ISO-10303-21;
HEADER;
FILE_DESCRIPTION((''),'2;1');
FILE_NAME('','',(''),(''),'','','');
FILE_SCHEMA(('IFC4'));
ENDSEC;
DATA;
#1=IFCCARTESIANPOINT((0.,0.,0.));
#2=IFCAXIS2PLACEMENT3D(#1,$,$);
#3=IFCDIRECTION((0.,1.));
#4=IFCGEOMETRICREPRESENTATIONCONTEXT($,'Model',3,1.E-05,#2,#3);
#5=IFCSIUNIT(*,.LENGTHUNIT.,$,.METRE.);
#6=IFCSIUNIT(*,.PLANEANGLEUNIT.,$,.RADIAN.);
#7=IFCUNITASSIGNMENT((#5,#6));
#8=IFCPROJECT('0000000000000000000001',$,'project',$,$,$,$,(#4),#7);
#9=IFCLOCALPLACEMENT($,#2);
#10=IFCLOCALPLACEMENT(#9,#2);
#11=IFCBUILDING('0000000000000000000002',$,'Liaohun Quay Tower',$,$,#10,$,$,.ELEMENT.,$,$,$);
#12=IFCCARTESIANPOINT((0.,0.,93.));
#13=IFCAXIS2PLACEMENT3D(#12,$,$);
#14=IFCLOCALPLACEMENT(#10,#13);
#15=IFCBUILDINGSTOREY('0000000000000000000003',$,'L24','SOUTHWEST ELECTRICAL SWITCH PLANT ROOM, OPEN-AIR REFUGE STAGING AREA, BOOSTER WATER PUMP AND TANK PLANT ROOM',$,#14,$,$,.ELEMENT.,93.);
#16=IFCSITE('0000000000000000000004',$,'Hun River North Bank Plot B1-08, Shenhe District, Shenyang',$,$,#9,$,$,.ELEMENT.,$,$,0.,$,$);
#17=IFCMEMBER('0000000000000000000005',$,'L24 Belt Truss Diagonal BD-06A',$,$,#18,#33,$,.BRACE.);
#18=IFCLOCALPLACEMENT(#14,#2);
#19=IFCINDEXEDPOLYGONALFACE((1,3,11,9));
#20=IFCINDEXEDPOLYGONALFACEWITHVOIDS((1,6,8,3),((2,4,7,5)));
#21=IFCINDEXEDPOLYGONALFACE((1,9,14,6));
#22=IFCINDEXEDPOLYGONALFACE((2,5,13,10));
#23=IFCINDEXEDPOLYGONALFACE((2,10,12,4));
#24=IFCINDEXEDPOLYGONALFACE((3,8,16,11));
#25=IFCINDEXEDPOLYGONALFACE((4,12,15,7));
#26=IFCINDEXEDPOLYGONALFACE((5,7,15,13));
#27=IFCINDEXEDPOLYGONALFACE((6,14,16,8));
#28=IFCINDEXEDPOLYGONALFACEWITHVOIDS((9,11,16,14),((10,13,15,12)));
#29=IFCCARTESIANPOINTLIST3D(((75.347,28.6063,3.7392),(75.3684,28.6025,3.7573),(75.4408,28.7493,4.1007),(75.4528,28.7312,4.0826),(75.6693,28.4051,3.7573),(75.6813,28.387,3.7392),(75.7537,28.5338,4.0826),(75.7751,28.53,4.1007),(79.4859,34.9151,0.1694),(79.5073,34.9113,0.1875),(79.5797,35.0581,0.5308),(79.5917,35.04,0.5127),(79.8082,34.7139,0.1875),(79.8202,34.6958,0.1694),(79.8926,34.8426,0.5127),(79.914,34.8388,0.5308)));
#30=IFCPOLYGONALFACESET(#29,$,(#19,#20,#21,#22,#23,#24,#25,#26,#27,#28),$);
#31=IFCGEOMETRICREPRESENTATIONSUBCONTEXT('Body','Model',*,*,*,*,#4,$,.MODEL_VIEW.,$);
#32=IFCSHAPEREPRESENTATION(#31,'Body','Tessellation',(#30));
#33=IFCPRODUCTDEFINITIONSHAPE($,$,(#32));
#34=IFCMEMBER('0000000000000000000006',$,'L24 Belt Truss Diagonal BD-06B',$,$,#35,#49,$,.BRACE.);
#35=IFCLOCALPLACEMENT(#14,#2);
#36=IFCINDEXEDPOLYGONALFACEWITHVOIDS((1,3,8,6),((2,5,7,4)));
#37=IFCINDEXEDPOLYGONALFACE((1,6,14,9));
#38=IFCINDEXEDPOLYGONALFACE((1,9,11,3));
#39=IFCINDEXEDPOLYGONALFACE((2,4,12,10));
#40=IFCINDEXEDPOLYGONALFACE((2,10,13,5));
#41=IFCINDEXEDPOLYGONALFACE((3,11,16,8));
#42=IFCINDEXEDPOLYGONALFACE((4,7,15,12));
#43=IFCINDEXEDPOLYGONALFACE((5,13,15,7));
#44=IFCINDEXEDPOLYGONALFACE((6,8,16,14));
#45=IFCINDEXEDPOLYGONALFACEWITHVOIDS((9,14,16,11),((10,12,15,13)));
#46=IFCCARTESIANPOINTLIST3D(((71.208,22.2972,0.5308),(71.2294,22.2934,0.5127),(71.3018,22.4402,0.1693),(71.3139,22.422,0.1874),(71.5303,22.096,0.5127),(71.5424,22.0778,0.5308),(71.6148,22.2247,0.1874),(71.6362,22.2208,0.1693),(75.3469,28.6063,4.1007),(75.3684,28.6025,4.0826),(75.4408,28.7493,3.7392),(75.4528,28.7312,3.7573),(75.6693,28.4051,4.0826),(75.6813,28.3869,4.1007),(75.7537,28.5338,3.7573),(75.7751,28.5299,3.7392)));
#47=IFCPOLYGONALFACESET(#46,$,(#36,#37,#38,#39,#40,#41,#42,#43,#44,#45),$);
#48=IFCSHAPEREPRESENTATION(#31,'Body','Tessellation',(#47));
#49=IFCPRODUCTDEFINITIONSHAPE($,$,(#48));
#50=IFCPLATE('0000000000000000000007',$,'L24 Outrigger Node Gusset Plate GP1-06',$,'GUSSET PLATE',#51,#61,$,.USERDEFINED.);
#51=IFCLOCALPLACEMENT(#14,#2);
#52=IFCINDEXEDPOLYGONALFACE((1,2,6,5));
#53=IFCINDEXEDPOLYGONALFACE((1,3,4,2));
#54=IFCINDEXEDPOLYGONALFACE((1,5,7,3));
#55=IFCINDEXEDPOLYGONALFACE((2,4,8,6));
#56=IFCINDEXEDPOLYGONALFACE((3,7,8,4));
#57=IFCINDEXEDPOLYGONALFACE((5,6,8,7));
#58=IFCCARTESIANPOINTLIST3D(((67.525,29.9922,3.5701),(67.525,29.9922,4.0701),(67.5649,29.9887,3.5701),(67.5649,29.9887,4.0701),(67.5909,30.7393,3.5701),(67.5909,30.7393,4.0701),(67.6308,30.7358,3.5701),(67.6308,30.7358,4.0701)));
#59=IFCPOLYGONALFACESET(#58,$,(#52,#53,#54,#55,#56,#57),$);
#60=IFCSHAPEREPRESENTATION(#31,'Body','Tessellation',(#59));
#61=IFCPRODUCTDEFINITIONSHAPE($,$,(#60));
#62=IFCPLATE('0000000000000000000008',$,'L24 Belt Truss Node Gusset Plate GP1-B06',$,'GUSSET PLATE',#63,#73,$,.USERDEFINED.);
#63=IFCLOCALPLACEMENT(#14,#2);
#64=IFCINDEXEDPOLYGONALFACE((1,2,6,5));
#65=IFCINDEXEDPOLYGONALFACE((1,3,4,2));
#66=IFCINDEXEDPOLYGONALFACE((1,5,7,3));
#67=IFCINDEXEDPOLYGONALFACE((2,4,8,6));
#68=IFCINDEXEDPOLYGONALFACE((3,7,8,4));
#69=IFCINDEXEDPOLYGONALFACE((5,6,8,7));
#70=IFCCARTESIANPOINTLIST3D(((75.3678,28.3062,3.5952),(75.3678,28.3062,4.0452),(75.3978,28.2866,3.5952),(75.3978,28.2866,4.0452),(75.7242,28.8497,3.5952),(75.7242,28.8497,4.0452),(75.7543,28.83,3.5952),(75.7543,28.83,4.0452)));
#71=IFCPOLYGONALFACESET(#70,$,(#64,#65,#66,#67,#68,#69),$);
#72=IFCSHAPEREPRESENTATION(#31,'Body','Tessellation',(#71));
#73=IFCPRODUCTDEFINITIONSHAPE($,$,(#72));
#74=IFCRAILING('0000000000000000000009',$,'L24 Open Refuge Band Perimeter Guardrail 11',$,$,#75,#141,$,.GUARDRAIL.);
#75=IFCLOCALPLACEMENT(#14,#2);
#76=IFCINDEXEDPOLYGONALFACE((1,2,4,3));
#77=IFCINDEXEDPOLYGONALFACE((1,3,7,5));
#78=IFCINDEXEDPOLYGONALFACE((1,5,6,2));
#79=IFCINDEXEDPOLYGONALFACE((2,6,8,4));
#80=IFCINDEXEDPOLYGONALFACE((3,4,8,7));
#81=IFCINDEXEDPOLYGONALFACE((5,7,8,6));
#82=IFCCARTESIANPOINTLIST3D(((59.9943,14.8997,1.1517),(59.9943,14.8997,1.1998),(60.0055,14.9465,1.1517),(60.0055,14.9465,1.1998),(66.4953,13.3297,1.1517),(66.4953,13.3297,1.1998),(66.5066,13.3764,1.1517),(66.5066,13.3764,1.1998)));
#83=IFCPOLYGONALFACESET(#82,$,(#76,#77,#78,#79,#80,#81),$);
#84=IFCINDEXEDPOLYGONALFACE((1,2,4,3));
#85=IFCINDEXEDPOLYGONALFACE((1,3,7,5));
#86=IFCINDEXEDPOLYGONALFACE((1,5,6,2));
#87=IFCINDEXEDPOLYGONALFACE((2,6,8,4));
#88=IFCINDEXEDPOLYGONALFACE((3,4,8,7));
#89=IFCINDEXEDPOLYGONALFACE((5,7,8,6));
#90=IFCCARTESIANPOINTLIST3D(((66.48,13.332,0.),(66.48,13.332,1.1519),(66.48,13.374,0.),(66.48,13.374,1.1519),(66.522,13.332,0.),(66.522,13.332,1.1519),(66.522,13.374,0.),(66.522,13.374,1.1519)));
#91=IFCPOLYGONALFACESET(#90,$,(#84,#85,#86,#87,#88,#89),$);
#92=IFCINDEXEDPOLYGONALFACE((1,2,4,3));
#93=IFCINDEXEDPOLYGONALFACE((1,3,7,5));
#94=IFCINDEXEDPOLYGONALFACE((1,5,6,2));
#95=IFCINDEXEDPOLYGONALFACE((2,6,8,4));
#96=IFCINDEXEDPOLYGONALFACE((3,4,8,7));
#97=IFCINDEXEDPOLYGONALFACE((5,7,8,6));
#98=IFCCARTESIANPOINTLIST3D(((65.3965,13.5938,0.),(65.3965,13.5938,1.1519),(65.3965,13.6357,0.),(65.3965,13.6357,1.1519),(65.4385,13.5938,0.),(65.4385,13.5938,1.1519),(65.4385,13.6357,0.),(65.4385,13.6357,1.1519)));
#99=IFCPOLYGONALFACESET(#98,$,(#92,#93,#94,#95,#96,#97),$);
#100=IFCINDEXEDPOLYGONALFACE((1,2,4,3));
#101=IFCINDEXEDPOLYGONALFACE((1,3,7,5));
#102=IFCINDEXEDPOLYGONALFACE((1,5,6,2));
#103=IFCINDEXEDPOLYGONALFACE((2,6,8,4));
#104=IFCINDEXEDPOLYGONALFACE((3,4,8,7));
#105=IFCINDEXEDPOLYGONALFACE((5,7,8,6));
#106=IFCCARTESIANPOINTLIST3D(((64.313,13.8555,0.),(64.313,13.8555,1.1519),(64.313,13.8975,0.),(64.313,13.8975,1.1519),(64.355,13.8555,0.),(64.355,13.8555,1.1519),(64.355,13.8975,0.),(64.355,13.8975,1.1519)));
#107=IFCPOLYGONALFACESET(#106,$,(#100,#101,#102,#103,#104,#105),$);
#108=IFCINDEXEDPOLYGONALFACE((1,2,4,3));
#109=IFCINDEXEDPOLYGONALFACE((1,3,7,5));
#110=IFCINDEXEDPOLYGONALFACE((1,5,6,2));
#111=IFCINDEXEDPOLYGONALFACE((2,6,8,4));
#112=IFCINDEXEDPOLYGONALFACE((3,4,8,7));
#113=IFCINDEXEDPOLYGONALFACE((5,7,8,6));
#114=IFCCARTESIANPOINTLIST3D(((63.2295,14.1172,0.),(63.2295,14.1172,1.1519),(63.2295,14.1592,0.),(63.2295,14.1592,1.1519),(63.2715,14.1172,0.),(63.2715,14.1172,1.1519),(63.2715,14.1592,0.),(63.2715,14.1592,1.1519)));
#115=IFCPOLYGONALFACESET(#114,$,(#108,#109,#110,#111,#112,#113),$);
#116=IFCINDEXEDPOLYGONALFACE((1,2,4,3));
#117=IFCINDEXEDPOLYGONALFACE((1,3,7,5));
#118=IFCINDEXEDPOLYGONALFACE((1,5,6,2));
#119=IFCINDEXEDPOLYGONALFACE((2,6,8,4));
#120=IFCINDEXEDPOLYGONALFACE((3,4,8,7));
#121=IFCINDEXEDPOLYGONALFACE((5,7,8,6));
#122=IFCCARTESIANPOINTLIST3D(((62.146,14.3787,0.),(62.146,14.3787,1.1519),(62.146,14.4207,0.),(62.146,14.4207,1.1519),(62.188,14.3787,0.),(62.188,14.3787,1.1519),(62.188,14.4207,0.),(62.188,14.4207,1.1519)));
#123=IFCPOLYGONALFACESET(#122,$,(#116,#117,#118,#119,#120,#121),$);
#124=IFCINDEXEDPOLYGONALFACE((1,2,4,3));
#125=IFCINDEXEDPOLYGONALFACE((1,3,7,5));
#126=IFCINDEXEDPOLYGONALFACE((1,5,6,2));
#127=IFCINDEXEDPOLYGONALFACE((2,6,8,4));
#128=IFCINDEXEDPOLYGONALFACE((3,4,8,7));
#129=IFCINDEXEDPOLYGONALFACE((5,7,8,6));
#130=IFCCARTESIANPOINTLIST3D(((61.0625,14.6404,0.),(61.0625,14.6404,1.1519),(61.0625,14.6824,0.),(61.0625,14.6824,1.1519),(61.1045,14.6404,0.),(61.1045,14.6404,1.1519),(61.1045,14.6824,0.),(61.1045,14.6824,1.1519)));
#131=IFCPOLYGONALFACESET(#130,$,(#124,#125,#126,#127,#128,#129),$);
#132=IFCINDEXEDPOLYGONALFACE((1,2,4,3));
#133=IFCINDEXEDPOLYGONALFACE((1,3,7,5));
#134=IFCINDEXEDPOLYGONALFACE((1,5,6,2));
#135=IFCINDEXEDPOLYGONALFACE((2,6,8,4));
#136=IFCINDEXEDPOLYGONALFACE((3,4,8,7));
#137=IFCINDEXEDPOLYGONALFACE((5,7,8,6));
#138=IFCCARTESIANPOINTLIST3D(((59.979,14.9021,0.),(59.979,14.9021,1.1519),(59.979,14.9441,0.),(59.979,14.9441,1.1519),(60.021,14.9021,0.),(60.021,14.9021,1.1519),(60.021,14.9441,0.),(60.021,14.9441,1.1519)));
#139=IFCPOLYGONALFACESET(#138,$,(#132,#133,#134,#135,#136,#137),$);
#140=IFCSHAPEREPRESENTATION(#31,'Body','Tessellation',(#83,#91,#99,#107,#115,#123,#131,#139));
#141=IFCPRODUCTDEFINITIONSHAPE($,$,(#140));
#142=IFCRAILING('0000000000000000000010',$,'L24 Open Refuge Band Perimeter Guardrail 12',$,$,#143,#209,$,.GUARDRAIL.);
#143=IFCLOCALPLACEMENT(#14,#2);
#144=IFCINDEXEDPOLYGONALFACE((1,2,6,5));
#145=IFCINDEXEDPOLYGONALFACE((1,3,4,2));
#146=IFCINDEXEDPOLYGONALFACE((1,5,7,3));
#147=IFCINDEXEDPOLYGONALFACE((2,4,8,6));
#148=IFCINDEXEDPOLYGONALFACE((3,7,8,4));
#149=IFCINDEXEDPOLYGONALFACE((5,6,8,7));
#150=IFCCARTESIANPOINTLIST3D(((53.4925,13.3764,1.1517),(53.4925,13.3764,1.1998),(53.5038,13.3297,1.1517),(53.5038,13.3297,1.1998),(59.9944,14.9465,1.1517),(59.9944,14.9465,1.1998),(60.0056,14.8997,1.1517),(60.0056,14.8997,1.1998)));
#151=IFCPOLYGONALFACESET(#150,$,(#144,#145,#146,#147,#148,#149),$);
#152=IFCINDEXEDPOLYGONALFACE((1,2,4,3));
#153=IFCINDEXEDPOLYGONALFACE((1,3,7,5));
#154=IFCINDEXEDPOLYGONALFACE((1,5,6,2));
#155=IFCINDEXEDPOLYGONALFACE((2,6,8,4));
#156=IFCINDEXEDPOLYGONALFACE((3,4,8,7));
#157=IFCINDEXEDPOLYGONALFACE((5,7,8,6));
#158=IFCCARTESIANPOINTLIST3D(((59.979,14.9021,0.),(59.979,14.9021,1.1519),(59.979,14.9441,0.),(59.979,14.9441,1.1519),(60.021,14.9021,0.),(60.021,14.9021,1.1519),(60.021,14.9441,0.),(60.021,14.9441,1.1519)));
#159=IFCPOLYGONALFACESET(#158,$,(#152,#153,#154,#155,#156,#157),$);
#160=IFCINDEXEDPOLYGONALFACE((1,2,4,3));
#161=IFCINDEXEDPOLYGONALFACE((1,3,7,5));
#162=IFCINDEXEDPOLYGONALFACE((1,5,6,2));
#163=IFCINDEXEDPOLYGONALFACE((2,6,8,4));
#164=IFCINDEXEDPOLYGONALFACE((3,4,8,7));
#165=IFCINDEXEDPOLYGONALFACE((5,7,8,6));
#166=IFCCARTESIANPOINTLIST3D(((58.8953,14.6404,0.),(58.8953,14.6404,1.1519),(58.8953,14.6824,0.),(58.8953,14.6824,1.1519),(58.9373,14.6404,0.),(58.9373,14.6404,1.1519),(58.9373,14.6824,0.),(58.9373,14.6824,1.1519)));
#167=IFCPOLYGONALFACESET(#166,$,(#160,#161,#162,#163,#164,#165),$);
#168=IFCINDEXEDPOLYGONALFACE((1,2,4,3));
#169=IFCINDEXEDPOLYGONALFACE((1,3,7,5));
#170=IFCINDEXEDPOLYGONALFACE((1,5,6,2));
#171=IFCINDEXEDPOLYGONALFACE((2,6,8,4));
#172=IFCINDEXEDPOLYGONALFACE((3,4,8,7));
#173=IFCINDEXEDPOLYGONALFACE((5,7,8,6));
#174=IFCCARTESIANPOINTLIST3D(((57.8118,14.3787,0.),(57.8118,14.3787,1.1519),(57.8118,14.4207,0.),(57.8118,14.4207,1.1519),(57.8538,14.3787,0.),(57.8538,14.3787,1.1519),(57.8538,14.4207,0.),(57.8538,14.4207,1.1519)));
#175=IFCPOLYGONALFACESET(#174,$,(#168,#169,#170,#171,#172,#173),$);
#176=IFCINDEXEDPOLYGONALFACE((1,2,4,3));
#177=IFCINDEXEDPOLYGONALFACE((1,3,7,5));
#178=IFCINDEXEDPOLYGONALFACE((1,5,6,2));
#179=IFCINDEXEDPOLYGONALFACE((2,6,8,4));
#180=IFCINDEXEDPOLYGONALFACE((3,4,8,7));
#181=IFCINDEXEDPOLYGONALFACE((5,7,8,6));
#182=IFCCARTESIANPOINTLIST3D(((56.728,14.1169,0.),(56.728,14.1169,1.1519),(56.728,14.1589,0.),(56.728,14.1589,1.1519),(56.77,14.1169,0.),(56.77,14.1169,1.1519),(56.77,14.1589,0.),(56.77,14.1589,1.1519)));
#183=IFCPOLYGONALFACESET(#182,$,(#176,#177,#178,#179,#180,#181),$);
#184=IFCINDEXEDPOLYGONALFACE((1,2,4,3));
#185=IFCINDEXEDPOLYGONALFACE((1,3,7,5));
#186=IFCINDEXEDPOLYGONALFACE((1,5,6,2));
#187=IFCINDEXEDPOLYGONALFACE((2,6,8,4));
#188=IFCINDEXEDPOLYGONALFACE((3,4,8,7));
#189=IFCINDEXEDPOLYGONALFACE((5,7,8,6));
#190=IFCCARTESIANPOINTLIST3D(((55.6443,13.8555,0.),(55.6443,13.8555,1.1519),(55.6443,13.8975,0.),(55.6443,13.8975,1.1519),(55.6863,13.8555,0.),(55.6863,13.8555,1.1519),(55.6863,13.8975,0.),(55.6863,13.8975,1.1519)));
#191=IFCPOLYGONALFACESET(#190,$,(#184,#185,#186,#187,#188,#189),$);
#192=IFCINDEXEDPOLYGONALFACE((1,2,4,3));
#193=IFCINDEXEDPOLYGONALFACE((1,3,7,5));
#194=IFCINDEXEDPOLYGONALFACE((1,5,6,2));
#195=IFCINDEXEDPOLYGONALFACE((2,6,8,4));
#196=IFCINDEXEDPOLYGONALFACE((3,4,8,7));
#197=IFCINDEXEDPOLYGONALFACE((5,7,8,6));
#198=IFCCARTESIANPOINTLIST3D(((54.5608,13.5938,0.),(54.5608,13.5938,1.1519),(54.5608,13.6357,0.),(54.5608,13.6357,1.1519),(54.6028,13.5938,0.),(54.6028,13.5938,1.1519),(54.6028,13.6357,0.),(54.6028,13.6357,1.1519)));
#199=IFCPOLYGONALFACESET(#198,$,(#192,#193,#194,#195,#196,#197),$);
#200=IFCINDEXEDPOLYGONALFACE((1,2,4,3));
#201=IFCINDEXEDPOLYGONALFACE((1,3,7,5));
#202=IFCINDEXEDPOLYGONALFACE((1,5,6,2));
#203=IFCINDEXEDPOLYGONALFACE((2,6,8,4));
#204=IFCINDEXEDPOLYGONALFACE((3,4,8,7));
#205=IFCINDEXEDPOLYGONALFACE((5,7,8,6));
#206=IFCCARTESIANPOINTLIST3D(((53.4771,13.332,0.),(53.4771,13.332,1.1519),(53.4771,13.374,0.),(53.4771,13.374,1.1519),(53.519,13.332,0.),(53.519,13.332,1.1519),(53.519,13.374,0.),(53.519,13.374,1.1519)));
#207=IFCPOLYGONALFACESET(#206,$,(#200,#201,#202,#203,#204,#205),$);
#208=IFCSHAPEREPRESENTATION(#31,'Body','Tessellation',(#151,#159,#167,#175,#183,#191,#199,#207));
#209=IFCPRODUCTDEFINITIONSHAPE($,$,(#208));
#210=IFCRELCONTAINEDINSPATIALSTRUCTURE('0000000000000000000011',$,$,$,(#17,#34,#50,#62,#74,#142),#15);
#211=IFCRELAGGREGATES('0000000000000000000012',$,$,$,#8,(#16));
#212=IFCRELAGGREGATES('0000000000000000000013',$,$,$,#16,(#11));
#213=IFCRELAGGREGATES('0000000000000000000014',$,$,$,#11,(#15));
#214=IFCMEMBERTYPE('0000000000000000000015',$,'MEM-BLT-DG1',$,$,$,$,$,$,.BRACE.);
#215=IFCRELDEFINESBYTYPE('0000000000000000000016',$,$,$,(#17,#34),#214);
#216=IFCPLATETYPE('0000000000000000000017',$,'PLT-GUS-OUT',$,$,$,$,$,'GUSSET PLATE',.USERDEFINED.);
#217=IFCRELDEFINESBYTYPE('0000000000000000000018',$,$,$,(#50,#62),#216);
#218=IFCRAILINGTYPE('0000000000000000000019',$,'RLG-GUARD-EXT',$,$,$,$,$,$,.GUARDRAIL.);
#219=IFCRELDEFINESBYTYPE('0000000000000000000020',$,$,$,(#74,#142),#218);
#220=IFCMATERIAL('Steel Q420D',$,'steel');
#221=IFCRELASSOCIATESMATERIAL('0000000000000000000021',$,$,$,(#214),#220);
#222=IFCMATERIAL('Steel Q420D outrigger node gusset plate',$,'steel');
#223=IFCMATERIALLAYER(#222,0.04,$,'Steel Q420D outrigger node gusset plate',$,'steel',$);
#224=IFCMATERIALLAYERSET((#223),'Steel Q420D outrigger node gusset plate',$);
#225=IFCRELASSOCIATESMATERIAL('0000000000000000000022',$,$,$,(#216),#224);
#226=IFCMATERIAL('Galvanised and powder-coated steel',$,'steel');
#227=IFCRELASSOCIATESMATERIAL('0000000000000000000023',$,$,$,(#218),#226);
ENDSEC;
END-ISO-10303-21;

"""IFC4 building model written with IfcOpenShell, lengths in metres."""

from ifc_helpers import new_model, si_unit, direction, frame, origin, origin_2d, place, context, subcontext, project, spatial, rectangle, hollow_rectangle, extrude, source, transform, mapped, material, layer, layer_set, material_profile, profile_set, type_object, element, save


model = new_model("IFC4")

# Units and contexts
model_context = context("Model", 3, precision=1e-05, world=origin(), true_north=direction((0.0, 1.0)))
body_context = subcontext(model_context, "Body", "Model", "MODEL_VIEW")
ifc_project = project(units=[si_unit("LENGTHUNIT", "METRE"), si_unit("PLANEANGLEUNIT", "RADIAN")], contexts=[model_context])

# Site, building, storey
site_placement = place(None, origin())
site = spatial("IfcSite", under=ifc_project, at=site_placement, Name="Hun River North Bank Plot B1-08, Shenhe District, Shenyang", CompositionType="ELEMENT", RefElevation=0.0)
building_placement = place(site_placement, origin())
building = spatial("IfcBuilding", under=site, at=building_placement, Name="Liaohun Quay Tower", CompositionType="ELEMENT")
storey_placement = place(building_placement, frame((0.0, 0.0, 93.0)))
storey = spatial("IfcBuildingStorey", under=building, at=storey_placement, Name="L24", Description="SOUTHWEST ELECTRICAL SWITCH PLANT ROOM, OPEN-AIR REFUGE STAGING AREA, BOOSTER WATER PUMP AND TANK PLANT ROOM", CompositionType="ELEMENT", Elevation=93.0)

# Members
ifc_material_1 = material(Name="Steel Q420D", Category="steel")
ifc_material_profile_1 = material_profile(ifc_material_1, hollow_rectangle(XDim=0.3999, YDim=0.3999, WallThickness=0.02, at=origin_2d()), Name="SHS400x400x20")
ifc_profile_set_1 = profile_set([ifc_material_profile_1], Name="Steel Q420D")
member_type_1 = type_object("IfcMemberType", Name="MEM-BLT-DG1", PredefinedType="BRACE", material=ifc_profile_set_1)
shared_shape_1 = source(origin(), body_context, "Body", "SweptSolid", [
    extrude(hollow_rectangle(XDim=0.3999, YDim=0.3999, WallThickness=0.02, at=origin_2d()), origin(), (0.0, 0.0, 1.0), 8.3472),
])
member_1_placement = place(storey_placement, frame((79.7, 34.877, 0.3501), z_axis=(-0.495845, -0.755803, 0.427667), x_axis=(0.836124, -0.54854, 0.0)))
element("IfcMember", 1, at=member_1_placement, inside=storey, type_object=member_type_1, Name="L24 Belt Truss Diagonal BD-06A", PredefinedType="BRACE", context=body_context, shape_type="MappedRepresentation", body=[
    mapped(shared_shape_1, transform((0.0, 0.0, 0.0), x_axis=(1.0, 0.0, 0.0), y_axis=(0.0, 1.0, 0.0), z_axis=(0.0, 0.0, 1.0), scale=1.0)),
])
shared_shape_2 = source(origin(), body_context, "Body", "SweptSolid", [
    extrude(hollow_rectangle(XDim=0.3999, YDim=0.3999, WallThickness=0.02, at=origin_2d()), origin(), (0.0, 0.0, 1.0), 8.3474),
])
member_2_placement = place(storey_placement, frame((75.561, 28.5681, 3.9199), z_axis=(-0.495834, -0.755816, -0.427658), x_axis=(0.836134, -0.548525, 0.0)))
element("IfcMember", 2, at=member_2_placement, inside=storey, type_object=member_type_1, Name="L24 Belt Truss Diagonal BD-06B", PredefinedType="BRACE", context=body_context, shape_type="MappedRepresentation", body=[
    mapped(shared_shape_2, transform((0.0, 0.0, 0.0), x_axis=(1.0, 0.0, 0.0), y_axis=(0.0, 1.0, 0.0), z_axis=(0.0, 0.0, 1.0), scale=1.0)),
])

# Plates
ifc_material_2 = material(Name="Steel Q420D outrigger node gusset plate", Category="steel")
ifc_layer = layer(ifc_material_2, 0.04, Name="Steel Q420D outrigger node gusset plate", Category="steel")
ifc_layer_set = layer_set([ifc_layer], Name="Steel Q420D outrigger node gusset plate")
plate_type = type_object("IfcPlateType", Name="PLT-GUS-OUT", ElementType="GUSSET PLATE", PredefinedType="USERDEFINED", material=ifc_layer_set)
shared_shape_3 = source(origin(), body_context, "Body", "SweptSolid", [
    extrude(rectangle(XDim=0.75, YDim=0.04, at=origin_2d()), origin(), (0.0, 0.0, 1.0), 0.5),
])
plate_1_placement = place(storey_placement, frame((67.5779, 30.364, 3.5701), z_axis=(0.0, 0.0, 1.0), x_axis=(-0.087851, -0.996134, 0.0)))
element("IfcPlate", 3, at=plate_1_placement, inside=storey, type_object=plate_type, Name="L24 Outrigger Node Gusset Plate GP1-06", ObjectType="GUSSET PLATE", PredefinedType="USERDEFINED", context=body_context, shape_type="MappedRepresentation", body=[
    mapped(shared_shape_3, transform((0.0, 0.0, 0.0), x_axis=(1.0, 0.0, 0.0), y_axis=(0.0, 1.0, 0.0), z_axis=(0.0, 0.0, 1.0), scale=1.0)),
])
shared_shape_4 = source(origin(), body_context, "Body", "SweptSolid", [
    extrude(rectangle(XDim=0.6499, YDim=0.0359, at=origin_2d()), origin(), (0.0, 0.0, 1.0), 0.45),
])
plate_2_placement = place(storey_placement, frame((75.561, 28.5681, 3.5952), z_axis=(0.0, 0.0, 1.0), x_axis=(-0.548439, -0.83619, 0.0)))
element("IfcPlate", 4, at=plate_2_placement, inside=storey, type_object=plate_type, Name="L24 Belt Truss Node Gusset Plate GP1-B06", ObjectType="GUSSET PLATE", PredefinedType="USERDEFINED", context=body_context, shape_type="MappedRepresentation", body=[
    mapped(shared_shape_4, transform((0.0, 0.0, 0.0), x_axis=(1.0, 0.0, 0.0), y_axis=(0.0, 1.0, 0.0), z_axis=(0.0, 0.0, 1.0), scale=1.0)),
])

# Railings
ifc_material_3 = material(Name="Galvanised and powder-coated steel", Category="steel")
railing_type = type_object("IfcRailingType", Name="RLG-GUARD-EXT", PredefinedType="GUARDRAIL", material=ifc_material_3)
railing_1_placement = place(storey_placement, frame((66.501, 13.353, 0.0)))
element("IfcRailing", 5, at=railing_1_placement, inside=storey, type_object=railing_type, Name="L24 Open Refuge Band Perimeter Guardrail 11", PredefinedType="GUARDRAIL", context=body_context, shape_type="SweptSolid", body=[
    extrude(rectangle(XDim=0.0481, YDim=0.0481, at=origin_2d()), frame((0.0, 0.0, 1.1758), z_axis=(-0.972053, 0.234763, 0.0), x_axis=(-0.234763, -0.972053, 0.0)), (0.0, 0.0, 1.0), 6.688),
    extrude(rectangle(XDim=0.042, YDim=0.042, at=origin_2d()), origin(), (0.0, 0.0, 1.0), 1.1519),
    extrude(rectangle(XDim=0.042, YDim=0.042, at=origin_2d()), frame((-1.0835, 0.2617, 0.0)), (0.0, 0.0, 1.0), 1.1519),
    extrude(rectangle(XDim=0.042, YDim=0.042, at=origin_2d()), frame((-2.167, 0.5234, 0.0)), (0.0, 0.0, 1.0), 1.1519),
    extrude(rectangle(XDim=0.042, YDim=0.042, at=origin_2d()), frame((-3.2505, 0.7852, 0.0)), (0.0, 0.0, 1.0), 1.1519),
    extrude(rectangle(XDim=0.042, YDim=0.042, at=origin_2d()), frame((-4.334, 1.0466, 0.0)), (0.0, 0.0, 1.0), 1.1519),
    extrude(rectangle(XDim=0.042, YDim=0.042, at=origin_2d()), frame((-5.4175, 1.3083, 0.0)), (0.0, 0.0, 1.0), 1.1519),
    extrude(rectangle(XDim=0.042, YDim=0.042, at=origin_2d()), frame((-6.501, 1.5701, 0.0)), (0.0, 0.0, 1.0), 1.1519),
])
railing_2_placement = place(storey_placement, frame((60.0, 14.9231, 0.0)))
element("IfcRailing", 6, at=railing_2_placement, inside=storey, type_object=railing_type, Name="L24 Open Refuge Band Perimeter Guardrail 12", PredefinedType="GUARDRAIL", context=body_context, shape_type="SweptSolid", body=[
    extrude(rectangle(XDim=0.0481, YDim=0.0481, at=origin_2d()), frame((0.0, 0.0, 1.1758), z_axis=(-0.972061, -0.23473, 0.0), x_axis=(0.23473, -0.972061, 0.0)), (0.0, 0.0, 1.0), 6.6887),
    extrude(rectangle(XDim=0.042, YDim=0.042, at=origin_2d()), origin(), (0.0, 0.0, 1.0), 1.1519),
    extrude(rectangle(XDim=0.042, YDim=0.042, at=origin_2d()), frame((-1.0837, -0.2617, 0.0)), (0.0, 0.0, 1.0), 1.1519),
    extrude(rectangle(XDim=0.042, YDim=0.042, at=origin_2d()), frame((-2.1672, -0.5234, 0.0)), (0.0, 0.0, 1.0), 1.1519),
    extrude(rectangle(XDim=0.042, YDim=0.042, at=origin_2d()), frame((-3.251, -0.7852, 0.0)), (0.0, 0.0, 1.0), 1.1519),
    extrude(rectangle(XDim=0.042, YDim=0.042, at=origin_2d()), frame((-4.3347, -1.0466, 0.0)), (0.0, 0.0, 1.0), 1.1519),
    extrude(rectangle(XDim=0.042, YDim=0.042, at=origin_2d()), frame((-5.4182, -1.3083, 0.0)), (0.0, 0.0, 1.0), 1.1519),
    extrude(rectangle(XDim=0.042, YDim=0.042, at=origin_2d()), frame((-6.502, -1.5701, 0.0)), (0.0, 0.0, 1.0), 1.1519),
])

save(model, "model.ifc")
